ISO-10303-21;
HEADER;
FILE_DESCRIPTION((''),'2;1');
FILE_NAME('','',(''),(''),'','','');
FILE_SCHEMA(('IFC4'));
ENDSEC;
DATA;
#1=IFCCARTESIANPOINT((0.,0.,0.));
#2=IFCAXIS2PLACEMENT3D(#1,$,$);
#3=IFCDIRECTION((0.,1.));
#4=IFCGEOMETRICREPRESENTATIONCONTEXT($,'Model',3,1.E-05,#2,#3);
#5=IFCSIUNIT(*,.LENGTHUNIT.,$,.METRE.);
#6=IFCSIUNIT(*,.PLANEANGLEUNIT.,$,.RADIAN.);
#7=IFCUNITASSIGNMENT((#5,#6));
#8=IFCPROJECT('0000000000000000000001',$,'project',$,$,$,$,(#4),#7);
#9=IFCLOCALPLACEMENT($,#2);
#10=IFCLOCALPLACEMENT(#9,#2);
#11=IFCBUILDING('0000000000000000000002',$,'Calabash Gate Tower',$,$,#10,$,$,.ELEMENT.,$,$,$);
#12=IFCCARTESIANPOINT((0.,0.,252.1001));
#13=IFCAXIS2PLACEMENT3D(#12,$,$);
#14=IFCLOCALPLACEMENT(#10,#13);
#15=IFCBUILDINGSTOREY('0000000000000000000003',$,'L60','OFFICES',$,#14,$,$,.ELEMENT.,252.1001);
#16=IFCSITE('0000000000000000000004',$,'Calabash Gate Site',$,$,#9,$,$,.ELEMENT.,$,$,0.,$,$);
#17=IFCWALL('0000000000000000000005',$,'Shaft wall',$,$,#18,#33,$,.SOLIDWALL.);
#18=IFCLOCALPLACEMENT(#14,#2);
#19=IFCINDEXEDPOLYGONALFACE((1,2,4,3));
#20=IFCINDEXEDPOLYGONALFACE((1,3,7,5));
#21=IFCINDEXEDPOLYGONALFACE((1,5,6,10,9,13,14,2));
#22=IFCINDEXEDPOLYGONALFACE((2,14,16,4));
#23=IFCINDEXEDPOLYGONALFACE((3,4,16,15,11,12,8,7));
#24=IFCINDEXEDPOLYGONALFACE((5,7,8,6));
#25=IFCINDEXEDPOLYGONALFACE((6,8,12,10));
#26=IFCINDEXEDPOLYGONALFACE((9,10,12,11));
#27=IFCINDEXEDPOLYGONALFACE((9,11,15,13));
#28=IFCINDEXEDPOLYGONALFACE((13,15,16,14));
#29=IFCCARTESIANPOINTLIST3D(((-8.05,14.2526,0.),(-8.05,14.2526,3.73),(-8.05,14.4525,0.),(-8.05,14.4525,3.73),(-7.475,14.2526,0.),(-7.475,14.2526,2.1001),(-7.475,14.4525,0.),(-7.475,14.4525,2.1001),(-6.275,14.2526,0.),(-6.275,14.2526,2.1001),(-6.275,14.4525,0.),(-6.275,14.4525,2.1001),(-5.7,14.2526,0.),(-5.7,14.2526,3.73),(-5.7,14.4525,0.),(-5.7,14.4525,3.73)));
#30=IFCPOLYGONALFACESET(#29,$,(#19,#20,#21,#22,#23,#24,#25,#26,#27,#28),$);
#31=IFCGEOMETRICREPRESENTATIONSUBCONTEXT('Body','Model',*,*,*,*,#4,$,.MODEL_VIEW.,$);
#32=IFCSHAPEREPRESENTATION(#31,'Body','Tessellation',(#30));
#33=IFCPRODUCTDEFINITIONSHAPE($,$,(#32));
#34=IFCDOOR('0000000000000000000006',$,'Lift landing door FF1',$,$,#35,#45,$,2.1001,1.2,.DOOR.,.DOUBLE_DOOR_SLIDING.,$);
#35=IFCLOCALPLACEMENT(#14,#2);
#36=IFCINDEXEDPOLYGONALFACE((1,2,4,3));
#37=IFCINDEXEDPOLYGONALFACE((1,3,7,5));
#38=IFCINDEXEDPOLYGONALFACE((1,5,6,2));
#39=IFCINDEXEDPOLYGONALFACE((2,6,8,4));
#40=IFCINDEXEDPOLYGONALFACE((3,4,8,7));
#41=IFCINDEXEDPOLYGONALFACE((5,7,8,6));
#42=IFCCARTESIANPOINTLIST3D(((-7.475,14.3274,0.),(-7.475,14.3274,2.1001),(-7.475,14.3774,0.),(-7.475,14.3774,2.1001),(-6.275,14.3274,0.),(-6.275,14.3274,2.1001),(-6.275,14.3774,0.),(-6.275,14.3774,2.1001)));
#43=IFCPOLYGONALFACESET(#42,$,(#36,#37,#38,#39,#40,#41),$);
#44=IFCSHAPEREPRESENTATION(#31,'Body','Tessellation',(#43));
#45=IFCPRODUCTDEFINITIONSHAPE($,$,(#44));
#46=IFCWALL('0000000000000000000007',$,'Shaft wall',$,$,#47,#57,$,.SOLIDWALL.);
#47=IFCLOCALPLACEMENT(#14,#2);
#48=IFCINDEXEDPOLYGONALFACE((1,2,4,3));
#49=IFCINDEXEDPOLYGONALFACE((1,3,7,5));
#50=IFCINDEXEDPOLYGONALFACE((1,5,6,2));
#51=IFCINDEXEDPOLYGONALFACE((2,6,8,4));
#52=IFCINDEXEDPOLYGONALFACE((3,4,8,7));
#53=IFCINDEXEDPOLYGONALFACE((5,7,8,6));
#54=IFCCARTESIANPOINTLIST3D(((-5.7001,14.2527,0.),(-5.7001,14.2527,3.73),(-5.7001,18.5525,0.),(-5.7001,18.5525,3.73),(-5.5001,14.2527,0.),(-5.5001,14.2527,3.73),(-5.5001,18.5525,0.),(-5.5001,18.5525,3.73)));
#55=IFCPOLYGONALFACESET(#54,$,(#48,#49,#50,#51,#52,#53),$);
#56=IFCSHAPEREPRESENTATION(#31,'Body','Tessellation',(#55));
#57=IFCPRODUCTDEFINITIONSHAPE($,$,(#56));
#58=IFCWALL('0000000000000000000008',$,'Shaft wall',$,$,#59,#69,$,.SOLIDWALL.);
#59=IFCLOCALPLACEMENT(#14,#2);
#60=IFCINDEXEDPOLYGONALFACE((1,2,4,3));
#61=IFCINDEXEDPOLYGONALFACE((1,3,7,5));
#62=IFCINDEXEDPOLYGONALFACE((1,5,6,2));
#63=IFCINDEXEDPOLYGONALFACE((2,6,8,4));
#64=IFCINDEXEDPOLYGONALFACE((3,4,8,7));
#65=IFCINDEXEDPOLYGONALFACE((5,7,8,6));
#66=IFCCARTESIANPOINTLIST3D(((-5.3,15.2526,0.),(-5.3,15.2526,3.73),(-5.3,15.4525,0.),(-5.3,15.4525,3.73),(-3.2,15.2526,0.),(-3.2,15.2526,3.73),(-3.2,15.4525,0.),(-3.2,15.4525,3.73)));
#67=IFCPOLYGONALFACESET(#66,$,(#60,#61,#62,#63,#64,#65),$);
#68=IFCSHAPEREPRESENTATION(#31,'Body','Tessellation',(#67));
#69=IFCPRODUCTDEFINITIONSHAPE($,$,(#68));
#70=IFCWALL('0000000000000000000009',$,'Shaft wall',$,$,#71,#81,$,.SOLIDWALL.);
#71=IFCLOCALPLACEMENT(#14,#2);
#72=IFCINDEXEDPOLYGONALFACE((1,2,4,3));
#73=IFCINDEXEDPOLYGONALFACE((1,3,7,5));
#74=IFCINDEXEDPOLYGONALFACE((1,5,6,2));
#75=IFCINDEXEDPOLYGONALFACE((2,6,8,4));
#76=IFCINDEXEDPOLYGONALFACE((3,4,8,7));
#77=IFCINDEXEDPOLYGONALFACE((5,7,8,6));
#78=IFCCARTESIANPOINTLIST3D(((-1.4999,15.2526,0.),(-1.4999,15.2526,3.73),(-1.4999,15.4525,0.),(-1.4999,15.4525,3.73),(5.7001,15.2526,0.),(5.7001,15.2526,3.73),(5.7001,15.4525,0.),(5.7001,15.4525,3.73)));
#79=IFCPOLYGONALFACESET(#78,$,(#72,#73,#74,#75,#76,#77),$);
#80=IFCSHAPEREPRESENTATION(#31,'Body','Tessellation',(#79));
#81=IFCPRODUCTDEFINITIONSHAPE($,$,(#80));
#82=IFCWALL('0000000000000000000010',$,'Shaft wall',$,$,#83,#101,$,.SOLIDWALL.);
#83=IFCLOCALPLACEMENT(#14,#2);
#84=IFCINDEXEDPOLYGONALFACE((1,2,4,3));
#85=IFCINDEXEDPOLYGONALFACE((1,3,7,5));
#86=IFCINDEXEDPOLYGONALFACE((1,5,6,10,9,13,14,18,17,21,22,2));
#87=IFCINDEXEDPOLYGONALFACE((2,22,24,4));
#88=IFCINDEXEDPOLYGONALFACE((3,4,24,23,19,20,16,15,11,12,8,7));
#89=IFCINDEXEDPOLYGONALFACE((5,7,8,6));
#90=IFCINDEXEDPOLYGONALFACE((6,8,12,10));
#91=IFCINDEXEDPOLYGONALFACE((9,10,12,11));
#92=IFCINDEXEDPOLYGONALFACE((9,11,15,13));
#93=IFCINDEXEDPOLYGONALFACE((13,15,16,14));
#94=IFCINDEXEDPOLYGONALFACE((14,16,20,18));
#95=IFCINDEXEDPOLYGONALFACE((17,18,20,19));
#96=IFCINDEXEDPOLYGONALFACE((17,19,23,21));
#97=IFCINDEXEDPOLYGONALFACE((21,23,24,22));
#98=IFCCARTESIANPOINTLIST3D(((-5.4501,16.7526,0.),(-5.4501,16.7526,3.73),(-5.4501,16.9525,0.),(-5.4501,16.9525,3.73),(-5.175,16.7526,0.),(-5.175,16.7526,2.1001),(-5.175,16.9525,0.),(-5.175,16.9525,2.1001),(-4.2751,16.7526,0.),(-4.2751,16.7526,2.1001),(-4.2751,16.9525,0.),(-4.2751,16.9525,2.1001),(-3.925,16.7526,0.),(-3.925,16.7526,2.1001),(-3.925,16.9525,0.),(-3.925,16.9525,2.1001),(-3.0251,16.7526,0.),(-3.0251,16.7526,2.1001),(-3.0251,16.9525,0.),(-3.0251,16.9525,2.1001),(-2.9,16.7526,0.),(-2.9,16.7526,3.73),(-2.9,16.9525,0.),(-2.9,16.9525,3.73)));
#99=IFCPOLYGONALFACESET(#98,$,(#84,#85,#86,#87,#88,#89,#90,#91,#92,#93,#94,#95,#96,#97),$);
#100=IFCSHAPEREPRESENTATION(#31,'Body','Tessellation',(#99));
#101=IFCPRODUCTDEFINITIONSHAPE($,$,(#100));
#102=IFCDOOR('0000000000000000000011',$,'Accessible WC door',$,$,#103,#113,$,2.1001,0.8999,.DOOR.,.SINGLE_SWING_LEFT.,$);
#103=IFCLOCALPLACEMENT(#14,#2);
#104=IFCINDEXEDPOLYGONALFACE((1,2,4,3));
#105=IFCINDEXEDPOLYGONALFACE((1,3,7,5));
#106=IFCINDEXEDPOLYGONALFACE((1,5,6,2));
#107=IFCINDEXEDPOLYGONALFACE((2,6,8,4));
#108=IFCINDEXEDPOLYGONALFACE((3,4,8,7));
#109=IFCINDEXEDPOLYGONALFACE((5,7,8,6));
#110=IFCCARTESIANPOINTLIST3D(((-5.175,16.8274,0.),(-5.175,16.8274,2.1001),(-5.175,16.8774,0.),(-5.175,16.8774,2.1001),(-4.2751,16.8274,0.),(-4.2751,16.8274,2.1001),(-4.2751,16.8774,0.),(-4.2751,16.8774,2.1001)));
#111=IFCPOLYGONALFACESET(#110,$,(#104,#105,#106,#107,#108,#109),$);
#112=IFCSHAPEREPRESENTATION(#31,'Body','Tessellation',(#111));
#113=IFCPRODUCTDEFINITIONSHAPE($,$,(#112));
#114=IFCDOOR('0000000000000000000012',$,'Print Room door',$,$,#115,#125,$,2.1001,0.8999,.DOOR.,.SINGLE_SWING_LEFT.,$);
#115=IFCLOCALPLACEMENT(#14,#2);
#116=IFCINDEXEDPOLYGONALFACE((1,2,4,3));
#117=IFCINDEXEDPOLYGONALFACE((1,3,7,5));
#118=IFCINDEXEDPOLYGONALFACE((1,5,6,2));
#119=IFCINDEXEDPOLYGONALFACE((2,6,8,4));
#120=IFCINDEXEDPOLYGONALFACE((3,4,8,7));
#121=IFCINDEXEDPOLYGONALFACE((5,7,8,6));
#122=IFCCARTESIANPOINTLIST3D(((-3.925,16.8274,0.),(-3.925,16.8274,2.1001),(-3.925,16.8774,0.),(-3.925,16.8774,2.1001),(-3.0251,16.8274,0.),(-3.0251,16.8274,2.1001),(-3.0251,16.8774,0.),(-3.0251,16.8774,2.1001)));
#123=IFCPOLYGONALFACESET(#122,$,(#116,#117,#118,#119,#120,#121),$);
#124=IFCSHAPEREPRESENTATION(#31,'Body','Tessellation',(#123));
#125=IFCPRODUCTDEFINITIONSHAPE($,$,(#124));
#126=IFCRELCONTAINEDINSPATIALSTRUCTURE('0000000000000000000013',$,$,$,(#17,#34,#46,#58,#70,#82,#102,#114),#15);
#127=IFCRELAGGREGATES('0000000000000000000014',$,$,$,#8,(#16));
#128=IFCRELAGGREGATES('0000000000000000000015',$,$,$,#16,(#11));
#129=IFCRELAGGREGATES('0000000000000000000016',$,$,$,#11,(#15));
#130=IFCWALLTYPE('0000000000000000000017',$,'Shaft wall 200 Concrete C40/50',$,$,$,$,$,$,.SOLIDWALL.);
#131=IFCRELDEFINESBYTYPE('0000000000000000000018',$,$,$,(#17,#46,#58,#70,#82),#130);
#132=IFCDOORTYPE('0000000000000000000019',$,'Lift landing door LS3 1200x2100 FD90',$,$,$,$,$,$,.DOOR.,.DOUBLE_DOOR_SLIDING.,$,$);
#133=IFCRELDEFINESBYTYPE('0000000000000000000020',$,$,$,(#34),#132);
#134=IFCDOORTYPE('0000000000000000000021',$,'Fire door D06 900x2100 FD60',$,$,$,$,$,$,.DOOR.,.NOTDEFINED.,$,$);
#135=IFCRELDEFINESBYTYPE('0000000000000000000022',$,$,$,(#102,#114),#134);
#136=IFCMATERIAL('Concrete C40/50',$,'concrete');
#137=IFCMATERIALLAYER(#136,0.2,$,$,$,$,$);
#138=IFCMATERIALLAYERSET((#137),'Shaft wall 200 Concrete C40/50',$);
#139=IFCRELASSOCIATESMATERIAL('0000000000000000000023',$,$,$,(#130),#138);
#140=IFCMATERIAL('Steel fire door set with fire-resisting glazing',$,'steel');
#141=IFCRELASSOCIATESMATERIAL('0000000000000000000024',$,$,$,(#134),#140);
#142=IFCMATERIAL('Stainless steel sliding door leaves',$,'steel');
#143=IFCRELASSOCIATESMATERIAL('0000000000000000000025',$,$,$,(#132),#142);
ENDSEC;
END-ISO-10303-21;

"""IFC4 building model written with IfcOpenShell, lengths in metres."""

from ifc_helpers import new_model, si_unit, direction, frame, frame_2d, origin, place, context, subcontext, project, spatial, rectangle, extrude, material, layer, layer_set, type_object, element, fill, save


model = new_model("IFC4")

# Units and contexts
model_context = context("Model", 3, precision=1e-05, world=origin(), true_north=direction((0.0, 1.0)))
body_context = subcontext(model_context, "Body", "Model", "MODEL_VIEW")
ifc_project = project(units=[si_unit("LENGTHUNIT", "METRE"), si_unit("PLANEANGLEUNIT", "RADIAN")], contexts=[model_context])

# Site, building, storey
site_placement = place(None, origin())
site = spatial("IfcSite", under=ifc_project, at=site_placement, Name="Calabash Gate Site", CompositionType="ELEMENT", RefElevation=0.0)
building_placement = place(site_placement, origin())
building = spatial("IfcBuilding", under=site, at=building_placement, Name="Calabash Gate Tower", CompositionType="ELEMENT")
storey_placement = place(building_placement, frame((0.0, 0.0, 252.1001)))
storey = spatial("IfcBuildingStorey", under=building, at=storey_placement, Name="L60", Description="OFFICES", CompositionType="ELEMENT", Elevation=252.1001)

# Shared definitions
ifc_material_1 = material(Name="Concrete C40/50", Category="concrete")
ifc_layer_1 = layer(ifc_material_1, 0.2)
ifc_layer_set_1 = layer_set([ifc_layer_1], Name="Shaft wall 200 Concrete C40/50")
wall_type_1 = type_object("IfcWallType", Name="Shaft wall 200 Concrete C40/50", PredefinedType="SOLIDWALL", material=ifc_layer_set_1)
ifc_material_2 = material(Name="Steel fire door set with fire-resisting glazing", Category="steel")
door_type_1 = type_object("IfcDoorType", Name="Fire door D06 900x2100 FD60", OperationType="NOTDEFINED", PredefinedType="DOOR", material=ifc_material_2)

# Wall, opening, door
wall_1_placement = place(storey_placement, frame((-8.05, 14.3525, 0.0), z_axis=(0.0, 0.0, 1.0), x_axis=(1.0, 0.0, 0.0)))
wall_1 = element("IfcWall", 1, at=wall_1_placement, inside=storey, type_object=wall_type_1, Name="Shaft wall", PredefinedType="SOLIDWALL", context=body_context, shape_type="SweptSolid", body=[
    extrude(rectangle(XDim=2.3501, YDim=0.2, at=frame_2d((1.175, 0.0))), origin(), (0.0, 0.0, 1.0), 3.73),
])
opening_1_placement = place(wall_1_placement, frame((0.575, 0.0, 0.0)))
opening_1 = element("IfcOpeningElement", 2, at=opening_1_placement, cuts=wall_1, PredefinedType="OPENING", context=body_context, shape_type="SweptSolid", body=[
    extrude(rectangle(XDim=1.2, YDim=2.1001, at=frame_2d((0.6001, 1.05))), frame((0.0, 0.1099, 0.0), z_axis=(0.0, -1.0, 0.0), x_axis=(1.0, 0.0, 0.0)), (0.0, 0.0, 1.0), 0.22),
])
ifc_material_3 = material(Name="Stainless steel sliding door leaves", Category="steel")
door_type_2 = type_object("IfcDoorType", Name="Lift landing door LS3 1200x2100 FD90", OperationType="DOUBLE_DOOR_SLIDING", PredefinedType="DOOR", material=ifc_material_3)
door_1_placement = place(opening_1_placement, origin())
door_1 = element("IfcDoor", 3, at=door_1_placement, inside=storey, type_object=door_type_2, Name="Lift landing door FF1", OperationType="DOUBLE_DOOR_SLIDING", OverallHeight=2.1001, OverallWidth=1.2, PredefinedType="DOOR", context=body_context, shape_type="SweptSolid", body=[
    extrude(rectangle(XDim=1.2, YDim=2.1001, at=frame_2d((0.6001, 1.05))), frame((0.0, 0.0249, 0.0), z_axis=(0.0, -1.0, 0.0), x_axis=(1.0, 0.0, 0.0)), (0.0, 0.0, 1.0), 0.05),
])
fill(opening_1, door_1)

# Walls
wall_2_placement = place(storey_placement, frame((-5.6001, 14.2527, 0.0), z_axis=(0.0, 0.0, 1.0), x_axis=(0.0, 1.0, 0.0)))
element("IfcWall", 4, at=wall_2_placement, inside=storey, type_object=wall_type_1, Name="Shaft wall", PredefinedType="SOLIDWALL", context=body_context, shape_type="SweptSolid", body=[
    extrude(rectangle(XDim=4.2998, YDim=0.2, at=frame_2d((2.1499, 0.0))), origin(), (0.0, 0.0, 1.0), 3.73),
])
wall_3_placement = place(storey_placement, frame((-5.3, 15.3525, 0.0), z_axis=(0.0, 0.0, 1.0), x_axis=(1.0, 0.0, 0.0)))
element("IfcWall", 5, at=wall_3_placement, inside=storey, type_object=wall_type_1, Name="Shaft wall", PredefinedType="SOLIDWALL", context=body_context, shape_type="SweptSolid", body=[
    extrude(rectangle(XDim=2.1001, YDim=0.2, at=frame_2d((1.05, 0.0))), origin(), (0.0, 0.0, 1.0), 3.73),
])
wall_4_placement = place(storey_placement, frame((-1.5, 15.3525, 0.0), z_axis=(0.0, 0.0, 1.0), x_axis=(1.0, 0.0, 0.0)))
element("IfcWall", 6, at=wall_4_placement, inside=storey, type_object=wall_type_1, Name="Shaft wall", PredefinedType="SOLIDWALL", context=body_context, shape_type="SweptSolid", body=[
    extrude(rectangle(XDim=7.2, YDim=0.2, at=frame_2d((3.6001, 0.0))), origin(), (0.0, 0.0, 1.0), 3.73),
])

# Wall, openings, doors
wall_5_placement = place(storey_placement, frame((-5.45, 16.8525, 0.0), z_axis=(0.0, 0.0, 1.0), x_axis=(1.0, 0.0, 0.0)))
wall_5 = element("IfcWall", 7, at=wall_5_placement, inside=storey, type_object=wall_type_1, Name="Shaft wall", PredefinedType="SOLIDWALL", context=body_context, shape_type="SweptSolid", body=[
    extrude(rectangle(XDim=2.55, YDim=0.2, at=frame_2d((1.2749, 0.0))), origin(), (0.0, 0.0, 1.0), 3.73),
])
opening_2_placement = place(wall_5_placement, frame((0.2749, 0.0, 0.0)))
opening_2 = element("IfcOpeningElement", 8, at=opening_2_placement, cuts=wall_5, PredefinedType="OPENING", context=body_context, shape_type="SweptSolid", body=[
    extrude(rectangle(XDim=0.8999, YDim=2.1001, at=frame_2d((0.45, 1.05))), frame((0.0, 0.1099, 0.0), z_axis=(0.0, -1.0, 0.0), x_axis=(1.0, 0.0, 0.0)), (0.0, 0.0, 1.0), 0.22),
])
opening_3_placement = place(wall_5_placement, frame((1.5249, 0.0, 0.0)))
opening_3 = element("IfcOpeningElement", 9, at=opening_3_placement, cuts=wall_5, PredefinedType="OPENING", context=body_context, shape_type="SweptSolid", body=[
    extrude(rectangle(XDim=0.8999, YDim=2.1001, at=frame_2d((0.45, 1.05))), frame((0.0, 0.1099, 0.0), z_axis=(0.0, -1.0, 0.0), x_axis=(1.0, 0.0, 0.0)), (0.0, 0.0, 1.0), 0.22),
])
door_2_placement = place(opening_2_placement, origin())
door_2 = element("IfcDoor", 10, at=door_2_placement, inside=storey, type_object=door_type_1, Name="Accessible WC door", OperationType="SINGLE_SWING_LEFT", OverallHeight=2.1001, OverallWidth=0.8999, PredefinedType="DOOR", context=body_context, shape_type="SweptSolid", body=[
    extrude(rectangle(XDim=0.8999, YDim=2.1001, at=frame_2d((0.45, 1.05))), frame((0.0, 0.0249, 0.0), z_axis=(0.0, -1.0, 0.0), x_axis=(1.0, 0.0, 0.0)), (0.0, 0.0, 1.0), 0.05),
])
fill(opening_2, door_2)
door_3_placement = place(opening_3_placement, origin())
door_3 = element("IfcDoor", 11, at=door_3_placement, inside=storey, type_object=door_type_1, Name="Print Room door", OperationType="SINGLE_SWING_LEFT", OverallHeight=2.1001, OverallWidth=0.8999, PredefinedType="DOOR", context=body_context, shape_type="SweptSolid", body=[
    extrude(rectangle(XDim=0.8999, YDim=2.1001, at=frame_2d((0.45, 1.05))), frame((0.0, 0.0249, 0.0), z_axis=(0.0, -1.0, 0.0), x_axis=(1.0, 0.0, 0.0)), (0.0, 0.0, 1.0), 0.05),
])
fill(opening_3, door_3)

save(model, "model.ifc")
